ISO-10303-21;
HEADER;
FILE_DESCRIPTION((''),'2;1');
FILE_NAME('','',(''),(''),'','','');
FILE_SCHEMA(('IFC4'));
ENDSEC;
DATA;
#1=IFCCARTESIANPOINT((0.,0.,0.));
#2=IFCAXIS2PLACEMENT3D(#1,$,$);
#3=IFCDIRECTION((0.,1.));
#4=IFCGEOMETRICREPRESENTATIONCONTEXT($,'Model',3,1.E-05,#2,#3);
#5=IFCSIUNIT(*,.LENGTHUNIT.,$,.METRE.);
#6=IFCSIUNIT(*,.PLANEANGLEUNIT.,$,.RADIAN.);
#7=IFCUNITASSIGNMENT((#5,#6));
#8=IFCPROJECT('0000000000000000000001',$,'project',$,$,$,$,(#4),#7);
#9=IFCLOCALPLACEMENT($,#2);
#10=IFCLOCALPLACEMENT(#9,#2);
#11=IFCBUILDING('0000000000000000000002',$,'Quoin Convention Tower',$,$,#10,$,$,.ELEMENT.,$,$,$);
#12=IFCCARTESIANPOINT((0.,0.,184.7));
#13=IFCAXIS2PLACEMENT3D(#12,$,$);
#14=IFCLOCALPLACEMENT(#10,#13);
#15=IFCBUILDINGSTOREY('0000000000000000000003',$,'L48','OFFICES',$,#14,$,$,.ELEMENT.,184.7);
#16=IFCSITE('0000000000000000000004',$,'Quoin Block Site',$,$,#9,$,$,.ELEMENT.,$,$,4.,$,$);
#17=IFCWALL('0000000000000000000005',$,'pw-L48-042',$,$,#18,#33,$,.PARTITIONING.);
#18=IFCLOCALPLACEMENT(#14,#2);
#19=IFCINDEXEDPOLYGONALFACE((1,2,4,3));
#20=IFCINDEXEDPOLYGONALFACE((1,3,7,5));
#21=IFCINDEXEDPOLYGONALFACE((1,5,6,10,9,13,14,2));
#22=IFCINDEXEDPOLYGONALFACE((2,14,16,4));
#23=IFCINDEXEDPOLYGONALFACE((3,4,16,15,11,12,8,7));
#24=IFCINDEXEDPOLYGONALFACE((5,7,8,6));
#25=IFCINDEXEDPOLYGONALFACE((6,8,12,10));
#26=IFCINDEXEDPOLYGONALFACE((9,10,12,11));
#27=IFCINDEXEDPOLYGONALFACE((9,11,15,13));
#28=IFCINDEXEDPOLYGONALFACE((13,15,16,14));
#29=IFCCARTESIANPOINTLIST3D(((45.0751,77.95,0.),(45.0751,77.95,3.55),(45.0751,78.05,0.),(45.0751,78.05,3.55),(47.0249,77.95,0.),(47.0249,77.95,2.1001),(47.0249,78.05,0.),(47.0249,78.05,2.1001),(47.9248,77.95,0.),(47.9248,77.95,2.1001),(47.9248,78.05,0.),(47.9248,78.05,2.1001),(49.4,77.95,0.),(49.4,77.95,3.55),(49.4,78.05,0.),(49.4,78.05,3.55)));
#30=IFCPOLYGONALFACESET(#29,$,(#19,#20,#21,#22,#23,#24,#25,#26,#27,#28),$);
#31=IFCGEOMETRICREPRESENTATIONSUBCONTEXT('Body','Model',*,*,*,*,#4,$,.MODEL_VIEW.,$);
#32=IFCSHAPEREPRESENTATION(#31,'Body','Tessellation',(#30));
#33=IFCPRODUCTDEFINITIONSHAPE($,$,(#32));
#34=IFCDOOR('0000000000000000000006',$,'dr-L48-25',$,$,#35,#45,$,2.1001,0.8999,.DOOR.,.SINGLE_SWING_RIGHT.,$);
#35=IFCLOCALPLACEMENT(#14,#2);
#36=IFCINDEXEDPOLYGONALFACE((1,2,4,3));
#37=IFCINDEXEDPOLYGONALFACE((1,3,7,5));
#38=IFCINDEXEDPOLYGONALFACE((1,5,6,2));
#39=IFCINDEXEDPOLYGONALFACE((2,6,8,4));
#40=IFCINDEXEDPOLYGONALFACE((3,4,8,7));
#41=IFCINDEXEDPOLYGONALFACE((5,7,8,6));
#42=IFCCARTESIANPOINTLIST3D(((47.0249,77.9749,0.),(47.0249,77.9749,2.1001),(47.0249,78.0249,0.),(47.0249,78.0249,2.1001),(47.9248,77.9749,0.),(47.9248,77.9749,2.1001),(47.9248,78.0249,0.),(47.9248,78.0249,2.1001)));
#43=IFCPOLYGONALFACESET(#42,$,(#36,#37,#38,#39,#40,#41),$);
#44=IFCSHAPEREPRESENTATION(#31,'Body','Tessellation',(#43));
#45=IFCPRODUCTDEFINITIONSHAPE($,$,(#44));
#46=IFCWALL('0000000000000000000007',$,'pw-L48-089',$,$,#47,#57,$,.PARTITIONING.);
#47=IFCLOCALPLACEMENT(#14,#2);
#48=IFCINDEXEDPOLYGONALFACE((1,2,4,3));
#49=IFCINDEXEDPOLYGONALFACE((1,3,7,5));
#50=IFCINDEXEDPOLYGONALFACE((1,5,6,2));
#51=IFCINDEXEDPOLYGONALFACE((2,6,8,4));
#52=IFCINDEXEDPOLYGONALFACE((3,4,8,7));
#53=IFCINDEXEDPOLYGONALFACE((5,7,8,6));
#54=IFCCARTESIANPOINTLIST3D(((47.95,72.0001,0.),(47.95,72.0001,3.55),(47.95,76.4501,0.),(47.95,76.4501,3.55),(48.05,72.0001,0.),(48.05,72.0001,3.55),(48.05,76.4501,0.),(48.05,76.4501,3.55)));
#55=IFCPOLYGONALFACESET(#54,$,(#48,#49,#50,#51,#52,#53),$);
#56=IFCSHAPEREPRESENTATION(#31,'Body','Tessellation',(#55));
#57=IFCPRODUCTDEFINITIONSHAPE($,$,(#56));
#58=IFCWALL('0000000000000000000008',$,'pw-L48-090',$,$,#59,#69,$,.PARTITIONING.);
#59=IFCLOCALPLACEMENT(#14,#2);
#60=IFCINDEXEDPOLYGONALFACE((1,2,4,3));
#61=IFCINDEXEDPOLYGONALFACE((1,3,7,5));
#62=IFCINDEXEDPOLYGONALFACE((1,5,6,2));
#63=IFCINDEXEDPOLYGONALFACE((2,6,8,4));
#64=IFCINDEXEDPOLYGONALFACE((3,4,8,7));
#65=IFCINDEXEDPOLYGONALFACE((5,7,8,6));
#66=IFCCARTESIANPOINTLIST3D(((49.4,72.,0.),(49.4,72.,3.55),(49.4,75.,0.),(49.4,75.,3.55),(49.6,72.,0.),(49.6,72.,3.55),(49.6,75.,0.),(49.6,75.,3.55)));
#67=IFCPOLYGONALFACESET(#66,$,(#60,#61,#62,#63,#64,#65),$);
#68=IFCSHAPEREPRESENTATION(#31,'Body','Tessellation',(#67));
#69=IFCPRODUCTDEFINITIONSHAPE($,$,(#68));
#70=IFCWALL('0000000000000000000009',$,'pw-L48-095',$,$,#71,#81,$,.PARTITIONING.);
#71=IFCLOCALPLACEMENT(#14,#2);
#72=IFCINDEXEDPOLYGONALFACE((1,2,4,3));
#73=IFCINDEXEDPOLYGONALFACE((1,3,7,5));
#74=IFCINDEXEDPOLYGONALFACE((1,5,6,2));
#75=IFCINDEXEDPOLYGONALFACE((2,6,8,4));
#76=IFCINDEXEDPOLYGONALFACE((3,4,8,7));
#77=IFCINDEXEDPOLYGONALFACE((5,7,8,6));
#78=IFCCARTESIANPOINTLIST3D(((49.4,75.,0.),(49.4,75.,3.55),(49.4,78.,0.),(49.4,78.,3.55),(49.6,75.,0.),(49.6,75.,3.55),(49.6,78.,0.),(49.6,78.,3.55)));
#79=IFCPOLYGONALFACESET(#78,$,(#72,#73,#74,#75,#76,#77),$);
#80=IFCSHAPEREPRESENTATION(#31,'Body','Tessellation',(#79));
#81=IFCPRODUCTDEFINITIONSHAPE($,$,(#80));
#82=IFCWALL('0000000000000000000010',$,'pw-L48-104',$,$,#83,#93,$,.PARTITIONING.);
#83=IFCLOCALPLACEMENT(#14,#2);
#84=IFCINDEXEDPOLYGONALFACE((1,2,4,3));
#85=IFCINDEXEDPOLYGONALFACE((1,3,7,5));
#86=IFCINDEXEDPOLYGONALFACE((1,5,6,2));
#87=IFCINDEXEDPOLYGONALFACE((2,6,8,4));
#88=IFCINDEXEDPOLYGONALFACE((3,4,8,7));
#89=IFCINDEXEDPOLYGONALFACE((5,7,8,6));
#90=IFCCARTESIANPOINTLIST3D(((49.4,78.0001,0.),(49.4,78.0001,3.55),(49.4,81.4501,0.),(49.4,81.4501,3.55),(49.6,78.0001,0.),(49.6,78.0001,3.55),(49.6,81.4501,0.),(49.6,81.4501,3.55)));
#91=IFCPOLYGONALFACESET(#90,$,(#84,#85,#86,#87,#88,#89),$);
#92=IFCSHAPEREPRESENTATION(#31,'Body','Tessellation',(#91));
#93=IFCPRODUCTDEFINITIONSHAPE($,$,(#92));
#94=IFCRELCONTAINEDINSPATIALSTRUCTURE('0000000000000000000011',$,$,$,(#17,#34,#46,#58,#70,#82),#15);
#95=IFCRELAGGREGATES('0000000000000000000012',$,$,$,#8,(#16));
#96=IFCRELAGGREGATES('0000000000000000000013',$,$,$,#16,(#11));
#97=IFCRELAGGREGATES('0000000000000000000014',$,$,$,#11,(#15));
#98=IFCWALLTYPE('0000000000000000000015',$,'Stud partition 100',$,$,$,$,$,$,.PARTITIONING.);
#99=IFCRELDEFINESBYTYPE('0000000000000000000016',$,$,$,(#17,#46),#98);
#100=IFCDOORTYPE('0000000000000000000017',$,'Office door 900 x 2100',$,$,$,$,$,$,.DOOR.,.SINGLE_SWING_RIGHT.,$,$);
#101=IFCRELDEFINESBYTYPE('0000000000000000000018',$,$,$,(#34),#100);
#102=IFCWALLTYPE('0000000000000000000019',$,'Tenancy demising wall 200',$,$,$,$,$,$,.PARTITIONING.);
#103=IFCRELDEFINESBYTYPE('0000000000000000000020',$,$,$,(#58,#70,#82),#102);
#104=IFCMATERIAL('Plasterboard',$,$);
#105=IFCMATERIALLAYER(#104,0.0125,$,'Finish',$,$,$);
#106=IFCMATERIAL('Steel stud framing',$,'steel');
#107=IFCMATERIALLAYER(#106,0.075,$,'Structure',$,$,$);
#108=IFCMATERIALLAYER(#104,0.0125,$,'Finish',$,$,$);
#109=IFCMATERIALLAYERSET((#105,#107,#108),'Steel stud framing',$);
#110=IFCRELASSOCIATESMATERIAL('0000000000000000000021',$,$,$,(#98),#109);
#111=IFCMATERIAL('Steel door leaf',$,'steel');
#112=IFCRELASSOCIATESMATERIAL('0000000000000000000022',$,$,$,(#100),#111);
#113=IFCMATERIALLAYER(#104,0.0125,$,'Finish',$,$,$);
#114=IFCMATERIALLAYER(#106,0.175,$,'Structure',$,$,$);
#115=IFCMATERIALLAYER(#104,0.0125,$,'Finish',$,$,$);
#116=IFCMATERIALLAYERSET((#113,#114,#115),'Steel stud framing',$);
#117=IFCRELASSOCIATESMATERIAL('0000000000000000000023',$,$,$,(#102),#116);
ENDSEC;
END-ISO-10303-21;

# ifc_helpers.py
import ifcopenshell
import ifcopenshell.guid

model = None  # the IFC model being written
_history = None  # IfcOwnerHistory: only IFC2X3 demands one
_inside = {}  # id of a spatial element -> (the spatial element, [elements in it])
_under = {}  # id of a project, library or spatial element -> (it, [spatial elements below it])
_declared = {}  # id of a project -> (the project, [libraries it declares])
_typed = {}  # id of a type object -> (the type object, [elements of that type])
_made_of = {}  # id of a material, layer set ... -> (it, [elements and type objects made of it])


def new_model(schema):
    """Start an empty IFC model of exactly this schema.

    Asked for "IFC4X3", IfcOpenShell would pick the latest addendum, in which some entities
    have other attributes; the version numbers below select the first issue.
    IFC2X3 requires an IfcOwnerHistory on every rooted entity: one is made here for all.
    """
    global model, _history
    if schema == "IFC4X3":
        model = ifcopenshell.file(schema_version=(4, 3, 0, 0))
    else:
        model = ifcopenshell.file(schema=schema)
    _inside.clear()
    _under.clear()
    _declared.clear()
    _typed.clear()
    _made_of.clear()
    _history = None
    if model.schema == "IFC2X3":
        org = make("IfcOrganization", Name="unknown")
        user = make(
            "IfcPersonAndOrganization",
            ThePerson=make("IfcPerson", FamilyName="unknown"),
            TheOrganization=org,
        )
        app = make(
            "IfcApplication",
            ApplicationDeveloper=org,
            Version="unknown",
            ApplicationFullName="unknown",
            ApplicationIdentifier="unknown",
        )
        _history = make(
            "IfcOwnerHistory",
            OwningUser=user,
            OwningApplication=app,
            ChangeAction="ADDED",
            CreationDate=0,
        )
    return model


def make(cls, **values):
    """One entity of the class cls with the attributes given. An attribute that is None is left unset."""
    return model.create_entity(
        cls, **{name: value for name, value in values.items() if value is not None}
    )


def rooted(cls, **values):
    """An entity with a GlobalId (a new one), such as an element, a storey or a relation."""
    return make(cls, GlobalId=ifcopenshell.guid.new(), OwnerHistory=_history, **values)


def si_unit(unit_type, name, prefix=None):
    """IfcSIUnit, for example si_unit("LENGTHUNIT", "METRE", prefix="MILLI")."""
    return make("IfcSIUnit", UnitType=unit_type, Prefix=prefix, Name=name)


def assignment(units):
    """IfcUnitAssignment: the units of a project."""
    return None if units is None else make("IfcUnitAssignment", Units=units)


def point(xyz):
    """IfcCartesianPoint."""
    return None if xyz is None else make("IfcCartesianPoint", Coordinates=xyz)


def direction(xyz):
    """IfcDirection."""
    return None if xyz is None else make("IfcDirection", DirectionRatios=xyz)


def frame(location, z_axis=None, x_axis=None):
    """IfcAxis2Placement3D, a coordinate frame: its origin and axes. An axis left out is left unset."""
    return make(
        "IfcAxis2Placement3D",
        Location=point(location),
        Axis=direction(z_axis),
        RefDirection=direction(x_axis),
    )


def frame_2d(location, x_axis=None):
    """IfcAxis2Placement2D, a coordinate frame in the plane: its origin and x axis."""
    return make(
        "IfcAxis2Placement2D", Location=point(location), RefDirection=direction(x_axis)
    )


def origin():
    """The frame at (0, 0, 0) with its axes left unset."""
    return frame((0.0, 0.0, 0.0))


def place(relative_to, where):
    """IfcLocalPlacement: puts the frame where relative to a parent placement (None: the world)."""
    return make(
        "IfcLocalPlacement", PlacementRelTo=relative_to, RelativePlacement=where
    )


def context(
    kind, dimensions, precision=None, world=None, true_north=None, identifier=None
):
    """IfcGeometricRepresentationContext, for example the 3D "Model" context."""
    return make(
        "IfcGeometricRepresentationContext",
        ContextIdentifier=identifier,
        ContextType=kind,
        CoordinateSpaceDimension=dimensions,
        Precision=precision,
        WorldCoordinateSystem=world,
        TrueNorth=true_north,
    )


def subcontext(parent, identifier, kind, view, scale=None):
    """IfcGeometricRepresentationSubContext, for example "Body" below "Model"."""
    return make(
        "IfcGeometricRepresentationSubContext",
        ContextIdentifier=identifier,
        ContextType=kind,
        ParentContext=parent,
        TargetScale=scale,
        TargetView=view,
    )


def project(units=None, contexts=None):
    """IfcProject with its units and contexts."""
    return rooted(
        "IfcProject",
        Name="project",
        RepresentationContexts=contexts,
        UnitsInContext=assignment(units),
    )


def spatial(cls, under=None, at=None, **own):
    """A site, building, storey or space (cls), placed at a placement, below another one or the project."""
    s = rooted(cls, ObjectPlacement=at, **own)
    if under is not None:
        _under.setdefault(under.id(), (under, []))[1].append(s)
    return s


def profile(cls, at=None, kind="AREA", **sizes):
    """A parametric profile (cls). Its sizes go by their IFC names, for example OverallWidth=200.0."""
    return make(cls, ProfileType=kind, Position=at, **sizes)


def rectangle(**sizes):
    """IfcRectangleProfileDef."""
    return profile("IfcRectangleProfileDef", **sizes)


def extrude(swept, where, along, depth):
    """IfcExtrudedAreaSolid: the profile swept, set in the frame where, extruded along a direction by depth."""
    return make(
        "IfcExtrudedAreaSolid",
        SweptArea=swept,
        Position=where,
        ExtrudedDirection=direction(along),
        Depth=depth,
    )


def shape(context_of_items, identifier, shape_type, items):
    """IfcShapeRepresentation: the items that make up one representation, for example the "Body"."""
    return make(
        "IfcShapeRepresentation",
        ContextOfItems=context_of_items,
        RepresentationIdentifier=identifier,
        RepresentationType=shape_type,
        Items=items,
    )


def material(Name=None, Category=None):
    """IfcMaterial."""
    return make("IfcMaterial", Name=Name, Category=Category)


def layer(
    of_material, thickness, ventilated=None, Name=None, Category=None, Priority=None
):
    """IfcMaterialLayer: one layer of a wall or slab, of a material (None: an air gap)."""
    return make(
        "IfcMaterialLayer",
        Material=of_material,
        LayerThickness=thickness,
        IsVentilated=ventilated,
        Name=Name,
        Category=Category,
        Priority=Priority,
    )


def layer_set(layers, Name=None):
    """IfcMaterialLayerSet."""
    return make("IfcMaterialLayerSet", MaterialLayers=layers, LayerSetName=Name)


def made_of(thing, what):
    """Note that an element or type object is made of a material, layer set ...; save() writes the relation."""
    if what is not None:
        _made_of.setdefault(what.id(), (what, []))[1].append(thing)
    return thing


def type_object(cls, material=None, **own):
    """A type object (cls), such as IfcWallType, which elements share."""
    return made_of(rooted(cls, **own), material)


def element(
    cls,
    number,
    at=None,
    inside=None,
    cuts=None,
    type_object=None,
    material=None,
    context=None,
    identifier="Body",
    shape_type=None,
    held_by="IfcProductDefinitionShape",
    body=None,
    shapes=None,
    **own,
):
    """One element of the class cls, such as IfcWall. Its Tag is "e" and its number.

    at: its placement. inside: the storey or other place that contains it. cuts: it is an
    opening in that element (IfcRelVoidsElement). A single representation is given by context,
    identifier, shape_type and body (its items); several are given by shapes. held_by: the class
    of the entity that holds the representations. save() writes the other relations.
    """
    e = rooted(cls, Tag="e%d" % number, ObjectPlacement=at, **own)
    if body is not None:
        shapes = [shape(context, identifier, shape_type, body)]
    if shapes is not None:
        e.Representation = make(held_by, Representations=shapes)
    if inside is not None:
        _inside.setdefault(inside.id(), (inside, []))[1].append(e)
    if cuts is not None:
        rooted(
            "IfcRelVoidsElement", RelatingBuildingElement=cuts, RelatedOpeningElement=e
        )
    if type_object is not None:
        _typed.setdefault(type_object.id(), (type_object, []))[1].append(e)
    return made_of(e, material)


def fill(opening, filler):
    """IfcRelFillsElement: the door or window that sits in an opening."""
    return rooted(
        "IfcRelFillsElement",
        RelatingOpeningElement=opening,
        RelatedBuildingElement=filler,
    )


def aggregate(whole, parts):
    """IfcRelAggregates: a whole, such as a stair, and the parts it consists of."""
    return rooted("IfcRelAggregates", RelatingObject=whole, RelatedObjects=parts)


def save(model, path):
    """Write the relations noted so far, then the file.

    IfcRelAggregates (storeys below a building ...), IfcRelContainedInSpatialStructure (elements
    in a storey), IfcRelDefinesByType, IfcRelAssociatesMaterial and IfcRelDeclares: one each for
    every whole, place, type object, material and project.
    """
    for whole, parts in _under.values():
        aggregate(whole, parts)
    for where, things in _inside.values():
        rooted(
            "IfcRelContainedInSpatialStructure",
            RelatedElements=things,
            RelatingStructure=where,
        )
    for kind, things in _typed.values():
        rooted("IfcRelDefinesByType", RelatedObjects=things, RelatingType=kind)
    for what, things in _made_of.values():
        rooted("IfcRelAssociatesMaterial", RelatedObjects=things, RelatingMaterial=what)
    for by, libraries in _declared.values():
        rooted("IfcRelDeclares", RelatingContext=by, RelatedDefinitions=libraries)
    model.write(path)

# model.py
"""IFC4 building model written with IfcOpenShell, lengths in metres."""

from ifc_helpers import new_model, si_unit, direction, frame, frame_2d, origin, place, context, subcontext, project, spatial, rectangle, extrude, material, layer, layer_set, type_object, element, fill, save


model = new_model("IFC4")

# Units and contexts
model_context = context("Model", 3, precision=1e-05, world=origin(), true_north=direction((0.0, 1.0)))
body_context = subcontext(model_context, "Body", "Model", "MODEL_VIEW")
ifc_project = project(units=[si_unit("LENGTHUNIT", "METRE"), si_unit("PLANEANGLEUNIT", "RADIAN")], contexts=[model_context])

# Site, building, storey
site_placement = place(None, origin())
site = spatial("IfcSite", under=ifc_project, at=site_placement, Name="Quoin Block Site", CompositionType="ELEMENT", RefElevation=4.0)
building_placement = place(site_placement, origin())
building = spatial("IfcBuilding", under=site, at=building_placement, Name="Quoin Convention Tower", CompositionType="ELEMENT")
storey_placement = place(building_placement, frame((0.0, 0.0, 184.7)))
storey = spatial("IfcBuildingStorey", under=building, at=storey_placement, Name="L48", Description="OFFICES", CompositionType="ELEMENT", Elevation=184.7)

# Shared definitions
ifc_material_1 = material(Name="Plasterboard")
ifc_material_2 = material(Name="Steel stud framing", Category="steel")

# Wall, opening, door
ifc_layer_1 = layer(ifc_material_1, 0.0125, Name="Finish")
ifc_layer_2 = layer(ifc_material_2, 0.075, Name="Structure")
ifc_layer_3 = layer(ifc_material_1, 0.0125, Name="Finish")
ifc_layer_set_1 = layer_set([ifc_layer_1, ifc_layer_2, ifc_layer_3], Name="Steel stud framing")
wall_type_1 = type_object("IfcWallType", Name="Stud partition 100", PredefinedType="PARTITIONING", material=ifc_layer_set_1)
ifc_material_3 = material(Name="Steel door leaf", Category="steel")
door_type = type_object("IfcDoorType", Name="Office door 900 x 2100", OperationType="SINGLE_SWING_RIGHT", PredefinedType="DOOR", material=ifc_material_3)
wall_1_placement = place(storey_placement, frame((45.075, 78.0, 0.0), z_axis=(0.0, 0.0, 1.0), x_axis=(1.0, 0.0, 0.0)))
wall_1 = element("IfcWall", 1, at=wall_1_placement, inside=storey, type_object=wall_type_1, Name="pw-L48-042", PredefinedType="PARTITIONING", context=body_context, shape_type="SweptSolid", body=[
    extrude(rectangle(XDim=4.325, YDim=0.1001, at=frame_2d((2.1626, 0.0))), origin(), (0.0, 0.0, 1.0), 3.55),
])
opening_1_placement = place(wall_1_placement, frame((1.95, 0.0, 0.0)))
opening_1 = element("IfcOpeningElement", 2, at=opening_1_placement, cuts=wall_1, PredefinedType="OPENING", context=body_context, shape_type="SweptSolid", body=[
    extrude(rectangle(XDim=0.8999, YDim=2.1001, at=frame_2d((0.45, 1.05))), frame((0.0, 0.0601, 0.0), z_axis=(0.0, -1.0, 0.0), x_axis=(1.0, 0.0, 0.0)), (0.0, 0.0, 1.0), 0.1201),
])
door_1_placement = place(opening_1_placement, origin())
door_1 = element("IfcDoor", 3, at=door_1_placement, inside=storey, type_object=door_type, Name="dr-L48-25", OperationType="SINGLE_SWING_RIGHT", OverallHeight=2.1001, OverallWidth=0.8999, PredefinedType="DOOR", context=body_context, shape_type="SweptSolid", body=[
    extrude(rectangle(XDim=0.8999, YDim=2.1001, at=frame_2d((0.45, 1.05))), frame((0.0, 0.0249, 0.0), z_axis=(0.0, -1.0, 0.0), x_axis=(1.0, 0.0, 0.0)), (0.0, 0.0, 1.0), 0.05),
])
fill(opening_1, door_1)

# Walls
wall_2_placement = place(storey_placement, frame((48.0, 72.0, 0.0), z_axis=(0.0, 0.0, 1.0), x_axis=(0.0, 1.0, 0.0)))
element("IfcWall", 4, at=wall_2_placement, inside=storey, type_object=wall_type_1, Name="pw-L48-089", PredefinedType="PARTITIONING", context=body_context, shape_type="SweptSolid", body=[
    extrude(rectangle(XDim=4.45, YDim=0.1001, at=frame_2d((2.2251, 0.0))), origin(), (0.0, 0.0, 1.0), 3.55),
])
ifc_layer_4 = layer(ifc_material_1, 0.0125, Name="Finish")
ifc_layer_5 = layer(ifc_material_2, 0.175, Name="Structure")
ifc_layer_6 = layer(ifc_material_1, 0.0125, Name="Finish")
ifc_layer_set_2 = layer_set([ifc_layer_4, ifc_layer_5, ifc_layer_6], Name="Steel stud framing")
wall_type_2 = type_object("IfcWallType", Name="Tenancy demising wall 200", PredefinedType="PARTITIONING", material=ifc_layer_set_2)
for number, where, z_axis, x_axis, name in (
    (5, (49.5, 72.0, 0.0), (0.0, 0.0, 1.0), (0.0, 1.0, 0.0), "pw-L48-090"),
    (6, (49.5, 75.0, 0.0), (0.0, 0.0, 1.0), (0.0, 1.0, 0.0), "pw-L48-095"),
):
    element("IfcWall", number, at=place(storey_placement, frame(where, z_axis=z_axis, x_axis=x_axis)), inside=storey, type_object=wall_type_2, Name=name, PredefinedType="PARTITIONING", context=body_context, shape_type="SweptSolid", body=[
        extrude(rectangle(XDim=3.0, YDim=0.2, at=frame_2d((1.5, 0.0))), origin(), (0.0, 0.0, 1.0), 3.55),
    ])
wall_3_placement = place(storey_placement, frame((49.5, 78.0, 0.0), z_axis=(0.0, 0.0, 1.0), x_axis=(0.0, 1.0, 0.0)))
element("IfcWall", 7, at=wall_3_placement, inside=storey, type_object=wall_type_2, Name="pw-L48-104", PredefinedType="PARTITIONING", context=body_context, shape_type="SweptSolid", body=[
    extrude(rectangle(XDim=3.45, YDim=0.2, at=frame_2d((1.7251, 0.0))), origin(), (0.0, 0.0, 1.0), 3.55),
])

save(model, "model.ifc")
